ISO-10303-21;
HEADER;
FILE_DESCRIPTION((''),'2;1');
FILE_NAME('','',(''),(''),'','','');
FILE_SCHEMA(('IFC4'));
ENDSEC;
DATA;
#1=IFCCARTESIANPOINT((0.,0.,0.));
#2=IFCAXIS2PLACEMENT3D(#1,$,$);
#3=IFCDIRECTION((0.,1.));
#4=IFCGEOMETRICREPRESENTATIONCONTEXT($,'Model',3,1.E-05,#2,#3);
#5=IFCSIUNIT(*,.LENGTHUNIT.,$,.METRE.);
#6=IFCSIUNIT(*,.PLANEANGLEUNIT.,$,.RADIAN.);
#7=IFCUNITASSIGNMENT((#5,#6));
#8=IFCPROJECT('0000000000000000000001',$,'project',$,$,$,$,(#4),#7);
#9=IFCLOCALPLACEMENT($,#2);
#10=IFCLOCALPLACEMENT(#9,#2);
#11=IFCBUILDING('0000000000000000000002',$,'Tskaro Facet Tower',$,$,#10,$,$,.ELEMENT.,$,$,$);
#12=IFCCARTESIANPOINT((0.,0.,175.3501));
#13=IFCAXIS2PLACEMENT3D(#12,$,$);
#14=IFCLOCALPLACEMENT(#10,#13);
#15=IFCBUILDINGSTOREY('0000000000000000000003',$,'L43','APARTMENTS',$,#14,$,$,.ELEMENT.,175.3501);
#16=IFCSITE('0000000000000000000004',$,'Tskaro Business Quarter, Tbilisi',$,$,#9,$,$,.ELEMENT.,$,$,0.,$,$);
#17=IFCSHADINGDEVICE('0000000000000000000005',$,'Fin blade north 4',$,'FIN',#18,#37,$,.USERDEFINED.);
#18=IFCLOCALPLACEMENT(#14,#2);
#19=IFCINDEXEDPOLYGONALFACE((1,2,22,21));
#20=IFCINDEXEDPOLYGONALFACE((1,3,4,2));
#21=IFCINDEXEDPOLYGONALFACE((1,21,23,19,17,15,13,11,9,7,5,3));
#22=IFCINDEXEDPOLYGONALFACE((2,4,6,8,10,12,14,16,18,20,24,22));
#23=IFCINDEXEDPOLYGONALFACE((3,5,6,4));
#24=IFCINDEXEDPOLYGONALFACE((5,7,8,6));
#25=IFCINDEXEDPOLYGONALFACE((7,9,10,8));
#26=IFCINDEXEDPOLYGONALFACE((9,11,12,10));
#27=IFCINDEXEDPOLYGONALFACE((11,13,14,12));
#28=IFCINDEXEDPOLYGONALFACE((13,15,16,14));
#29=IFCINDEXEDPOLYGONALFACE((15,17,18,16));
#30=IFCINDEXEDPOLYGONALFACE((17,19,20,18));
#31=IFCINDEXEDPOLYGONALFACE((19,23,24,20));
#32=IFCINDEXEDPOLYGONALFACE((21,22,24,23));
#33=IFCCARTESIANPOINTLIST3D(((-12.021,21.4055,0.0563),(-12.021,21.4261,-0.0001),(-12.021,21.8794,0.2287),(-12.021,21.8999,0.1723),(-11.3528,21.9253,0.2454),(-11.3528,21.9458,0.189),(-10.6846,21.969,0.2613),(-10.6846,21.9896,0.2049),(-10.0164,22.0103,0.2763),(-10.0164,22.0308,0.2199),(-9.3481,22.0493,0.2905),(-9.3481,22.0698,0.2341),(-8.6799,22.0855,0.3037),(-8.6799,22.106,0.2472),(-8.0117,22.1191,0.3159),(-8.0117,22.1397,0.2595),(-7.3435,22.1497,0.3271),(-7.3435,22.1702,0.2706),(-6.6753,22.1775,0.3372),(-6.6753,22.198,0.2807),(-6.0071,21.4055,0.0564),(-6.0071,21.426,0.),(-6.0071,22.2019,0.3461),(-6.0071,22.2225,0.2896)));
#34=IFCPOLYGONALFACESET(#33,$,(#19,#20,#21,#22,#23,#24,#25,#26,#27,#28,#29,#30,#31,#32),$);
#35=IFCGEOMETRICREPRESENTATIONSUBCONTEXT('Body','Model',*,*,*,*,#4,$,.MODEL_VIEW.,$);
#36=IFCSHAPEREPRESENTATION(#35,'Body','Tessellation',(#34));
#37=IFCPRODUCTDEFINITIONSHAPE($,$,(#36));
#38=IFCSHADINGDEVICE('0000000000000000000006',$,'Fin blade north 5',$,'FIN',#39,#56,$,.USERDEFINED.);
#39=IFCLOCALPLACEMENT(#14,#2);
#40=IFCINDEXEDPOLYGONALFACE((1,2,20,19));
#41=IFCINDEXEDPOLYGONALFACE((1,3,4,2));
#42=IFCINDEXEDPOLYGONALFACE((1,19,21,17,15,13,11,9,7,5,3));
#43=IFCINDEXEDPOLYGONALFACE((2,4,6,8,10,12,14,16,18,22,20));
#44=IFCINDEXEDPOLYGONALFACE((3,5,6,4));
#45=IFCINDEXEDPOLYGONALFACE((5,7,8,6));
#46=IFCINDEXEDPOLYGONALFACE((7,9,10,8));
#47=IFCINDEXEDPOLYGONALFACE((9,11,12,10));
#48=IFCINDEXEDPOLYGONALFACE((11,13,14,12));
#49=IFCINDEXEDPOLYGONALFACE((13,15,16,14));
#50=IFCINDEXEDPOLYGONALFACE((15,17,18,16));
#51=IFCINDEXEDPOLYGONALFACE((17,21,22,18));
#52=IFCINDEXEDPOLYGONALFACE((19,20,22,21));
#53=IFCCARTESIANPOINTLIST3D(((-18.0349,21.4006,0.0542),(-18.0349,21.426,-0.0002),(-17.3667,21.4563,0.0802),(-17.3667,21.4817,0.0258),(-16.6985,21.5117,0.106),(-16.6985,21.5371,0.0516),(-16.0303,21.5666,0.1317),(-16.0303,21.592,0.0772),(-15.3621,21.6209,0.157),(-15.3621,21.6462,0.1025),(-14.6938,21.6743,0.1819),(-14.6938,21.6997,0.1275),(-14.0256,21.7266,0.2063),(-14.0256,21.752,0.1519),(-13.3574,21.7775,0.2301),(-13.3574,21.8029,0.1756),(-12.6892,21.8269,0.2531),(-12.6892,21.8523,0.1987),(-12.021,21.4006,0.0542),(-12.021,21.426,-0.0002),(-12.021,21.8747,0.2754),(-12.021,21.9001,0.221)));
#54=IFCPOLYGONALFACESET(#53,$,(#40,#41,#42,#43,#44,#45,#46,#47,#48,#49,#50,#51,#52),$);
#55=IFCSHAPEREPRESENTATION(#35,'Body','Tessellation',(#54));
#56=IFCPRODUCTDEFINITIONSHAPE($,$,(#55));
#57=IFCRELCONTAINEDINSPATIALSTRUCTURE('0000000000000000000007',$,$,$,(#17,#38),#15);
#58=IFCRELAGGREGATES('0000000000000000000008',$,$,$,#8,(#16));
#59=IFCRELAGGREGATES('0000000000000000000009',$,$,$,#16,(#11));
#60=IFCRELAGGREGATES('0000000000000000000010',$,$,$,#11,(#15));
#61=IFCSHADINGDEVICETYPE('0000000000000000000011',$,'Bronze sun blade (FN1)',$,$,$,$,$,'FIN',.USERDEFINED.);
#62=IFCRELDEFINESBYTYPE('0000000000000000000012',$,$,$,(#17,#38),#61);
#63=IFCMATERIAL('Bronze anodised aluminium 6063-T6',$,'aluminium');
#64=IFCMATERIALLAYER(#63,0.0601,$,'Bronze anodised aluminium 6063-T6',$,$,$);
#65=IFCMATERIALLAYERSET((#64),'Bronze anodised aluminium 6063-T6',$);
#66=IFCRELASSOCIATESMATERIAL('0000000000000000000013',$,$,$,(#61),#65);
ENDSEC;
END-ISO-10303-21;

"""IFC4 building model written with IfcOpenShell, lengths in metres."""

from ifc_helpers import new_model, si_unit, direction, frame, origin, place, context, subcontext, project, spatial, polyline, outline, extrude, material, layer, layer_set, type_object, element, save


model = new_model("IFC4")

# Units and contexts
model_context = context("Model", 3, precision=1e-05, world=origin(), true_north=direction((0.0, 1.0)))
body_context = subcontext(model_context, "Body", "Model", "MODEL_VIEW")
ifc_project = project(units=[si_unit("LENGTHUNIT", "METRE"), si_unit("PLANEANGLEUNIT", "RADIAN")], contexts=[model_context])

# Site, building, storey
site_placement = place(None, origin())
site = spatial("IfcSite", under=ifc_project, at=site_placement, Name="Tskaro Business Quarter, Tbilisi", CompositionType="ELEMENT", RefElevation=0.0)
building_placement = place(site_placement, origin())
building = spatial("IfcBuilding", under=site, at=building_placement, Name="Tskaro Facet Tower", CompositionType="ELEMENT")
storey_placement = place(building_placement, frame((0.0, 0.0, 175.3501)))
storey = spatial("IfcBuildingStorey", under=building, at=storey_placement, Name="L43", Description="APARTMENTS", CompositionType="ELEMENT", Elevation=175.3501)

# Shared definitions
ifc_material_1 = material(Name="Bronze anodised aluminium 6063-T6", Category="aluminium")

# Shading devices
ifc_layer_1 = layer(ifc_material_1, 0.0601, Name="Bronze anodised aluminium 6063-T6")
ifc_layer_set_1 = layer_set([ifc_layer_1], Name="Bronze anodised aluminium 6063-T6")
shading_device_type = type_object("IfcShadingDeviceType", Name="Bronze sun blade (FN1)", ElementType="FIN", PredefinedType="USERDEFINED", material=ifc_layer_set_1)
shading_device_1_placement = place(storey_placement, frame((-6.0071, 21.4055, 0.0564), z_axis=(-0.000011, -0.341832, 0.939761), x_axis=(-1.0, 0.000004, -0.000011)))
element("IfcShadingDevice", 1, at=shading_device_1_placement, inside=storey, type_object=shading_device_type, Name="Fin blade north 4", ObjectType="FIN", PredefinedType="USERDEFINED", context=body_context, shape_type="SweptSolid", body=[
    extrude(outline(polyline([(0.0, 0.0), (6.0139, 0.0), (6.0139, -0.5043), (5.3457, -0.5531), (4.6775, -0.5996), (4.0093, -0.6435), (3.3411, -0.6851), (2.6729, -0.7235), (2.0046, -0.7593), (1.3364, -0.7919), (0.6682, -0.8214), (0.0, -0.8475), (0.0, 0.0)])), origin(), (0.0, 0.0, -1.0), 0.0601),
])
shading_device_2_placement = place(storey_placement, frame((-12.021, 21.4006, 0.0542), z_axis=(0.000005, -0.422836, 0.906206), x_axis=(-1.0, -0.000002, 0.000005)))
element("IfcShadingDevice", 2, at=shading_device_2_placement, inside=storey, type_object=shading_device_type, Name="Fin blade north 5", ObjectType="FIN", PredefinedType="USERDEFINED", context=body_context, shape_type="SweptSolid", body=[
    extrude(outline(polyline([(0.0, 0.0), (6.0139, 0.0), (5.3457, -0.0615), (4.6775, -0.1226), (4.0093, -0.1832), (3.3411, -0.243), (2.6729, -0.302), (2.0046, -0.3597), (1.3364, -0.4159), (0.6682, -0.4704), (0.0, -0.5232), (0.0, 0.0)])), origin(), (0.0, 0.0, -1.0), 0.0601),
])

save(model, "model.ifc")
